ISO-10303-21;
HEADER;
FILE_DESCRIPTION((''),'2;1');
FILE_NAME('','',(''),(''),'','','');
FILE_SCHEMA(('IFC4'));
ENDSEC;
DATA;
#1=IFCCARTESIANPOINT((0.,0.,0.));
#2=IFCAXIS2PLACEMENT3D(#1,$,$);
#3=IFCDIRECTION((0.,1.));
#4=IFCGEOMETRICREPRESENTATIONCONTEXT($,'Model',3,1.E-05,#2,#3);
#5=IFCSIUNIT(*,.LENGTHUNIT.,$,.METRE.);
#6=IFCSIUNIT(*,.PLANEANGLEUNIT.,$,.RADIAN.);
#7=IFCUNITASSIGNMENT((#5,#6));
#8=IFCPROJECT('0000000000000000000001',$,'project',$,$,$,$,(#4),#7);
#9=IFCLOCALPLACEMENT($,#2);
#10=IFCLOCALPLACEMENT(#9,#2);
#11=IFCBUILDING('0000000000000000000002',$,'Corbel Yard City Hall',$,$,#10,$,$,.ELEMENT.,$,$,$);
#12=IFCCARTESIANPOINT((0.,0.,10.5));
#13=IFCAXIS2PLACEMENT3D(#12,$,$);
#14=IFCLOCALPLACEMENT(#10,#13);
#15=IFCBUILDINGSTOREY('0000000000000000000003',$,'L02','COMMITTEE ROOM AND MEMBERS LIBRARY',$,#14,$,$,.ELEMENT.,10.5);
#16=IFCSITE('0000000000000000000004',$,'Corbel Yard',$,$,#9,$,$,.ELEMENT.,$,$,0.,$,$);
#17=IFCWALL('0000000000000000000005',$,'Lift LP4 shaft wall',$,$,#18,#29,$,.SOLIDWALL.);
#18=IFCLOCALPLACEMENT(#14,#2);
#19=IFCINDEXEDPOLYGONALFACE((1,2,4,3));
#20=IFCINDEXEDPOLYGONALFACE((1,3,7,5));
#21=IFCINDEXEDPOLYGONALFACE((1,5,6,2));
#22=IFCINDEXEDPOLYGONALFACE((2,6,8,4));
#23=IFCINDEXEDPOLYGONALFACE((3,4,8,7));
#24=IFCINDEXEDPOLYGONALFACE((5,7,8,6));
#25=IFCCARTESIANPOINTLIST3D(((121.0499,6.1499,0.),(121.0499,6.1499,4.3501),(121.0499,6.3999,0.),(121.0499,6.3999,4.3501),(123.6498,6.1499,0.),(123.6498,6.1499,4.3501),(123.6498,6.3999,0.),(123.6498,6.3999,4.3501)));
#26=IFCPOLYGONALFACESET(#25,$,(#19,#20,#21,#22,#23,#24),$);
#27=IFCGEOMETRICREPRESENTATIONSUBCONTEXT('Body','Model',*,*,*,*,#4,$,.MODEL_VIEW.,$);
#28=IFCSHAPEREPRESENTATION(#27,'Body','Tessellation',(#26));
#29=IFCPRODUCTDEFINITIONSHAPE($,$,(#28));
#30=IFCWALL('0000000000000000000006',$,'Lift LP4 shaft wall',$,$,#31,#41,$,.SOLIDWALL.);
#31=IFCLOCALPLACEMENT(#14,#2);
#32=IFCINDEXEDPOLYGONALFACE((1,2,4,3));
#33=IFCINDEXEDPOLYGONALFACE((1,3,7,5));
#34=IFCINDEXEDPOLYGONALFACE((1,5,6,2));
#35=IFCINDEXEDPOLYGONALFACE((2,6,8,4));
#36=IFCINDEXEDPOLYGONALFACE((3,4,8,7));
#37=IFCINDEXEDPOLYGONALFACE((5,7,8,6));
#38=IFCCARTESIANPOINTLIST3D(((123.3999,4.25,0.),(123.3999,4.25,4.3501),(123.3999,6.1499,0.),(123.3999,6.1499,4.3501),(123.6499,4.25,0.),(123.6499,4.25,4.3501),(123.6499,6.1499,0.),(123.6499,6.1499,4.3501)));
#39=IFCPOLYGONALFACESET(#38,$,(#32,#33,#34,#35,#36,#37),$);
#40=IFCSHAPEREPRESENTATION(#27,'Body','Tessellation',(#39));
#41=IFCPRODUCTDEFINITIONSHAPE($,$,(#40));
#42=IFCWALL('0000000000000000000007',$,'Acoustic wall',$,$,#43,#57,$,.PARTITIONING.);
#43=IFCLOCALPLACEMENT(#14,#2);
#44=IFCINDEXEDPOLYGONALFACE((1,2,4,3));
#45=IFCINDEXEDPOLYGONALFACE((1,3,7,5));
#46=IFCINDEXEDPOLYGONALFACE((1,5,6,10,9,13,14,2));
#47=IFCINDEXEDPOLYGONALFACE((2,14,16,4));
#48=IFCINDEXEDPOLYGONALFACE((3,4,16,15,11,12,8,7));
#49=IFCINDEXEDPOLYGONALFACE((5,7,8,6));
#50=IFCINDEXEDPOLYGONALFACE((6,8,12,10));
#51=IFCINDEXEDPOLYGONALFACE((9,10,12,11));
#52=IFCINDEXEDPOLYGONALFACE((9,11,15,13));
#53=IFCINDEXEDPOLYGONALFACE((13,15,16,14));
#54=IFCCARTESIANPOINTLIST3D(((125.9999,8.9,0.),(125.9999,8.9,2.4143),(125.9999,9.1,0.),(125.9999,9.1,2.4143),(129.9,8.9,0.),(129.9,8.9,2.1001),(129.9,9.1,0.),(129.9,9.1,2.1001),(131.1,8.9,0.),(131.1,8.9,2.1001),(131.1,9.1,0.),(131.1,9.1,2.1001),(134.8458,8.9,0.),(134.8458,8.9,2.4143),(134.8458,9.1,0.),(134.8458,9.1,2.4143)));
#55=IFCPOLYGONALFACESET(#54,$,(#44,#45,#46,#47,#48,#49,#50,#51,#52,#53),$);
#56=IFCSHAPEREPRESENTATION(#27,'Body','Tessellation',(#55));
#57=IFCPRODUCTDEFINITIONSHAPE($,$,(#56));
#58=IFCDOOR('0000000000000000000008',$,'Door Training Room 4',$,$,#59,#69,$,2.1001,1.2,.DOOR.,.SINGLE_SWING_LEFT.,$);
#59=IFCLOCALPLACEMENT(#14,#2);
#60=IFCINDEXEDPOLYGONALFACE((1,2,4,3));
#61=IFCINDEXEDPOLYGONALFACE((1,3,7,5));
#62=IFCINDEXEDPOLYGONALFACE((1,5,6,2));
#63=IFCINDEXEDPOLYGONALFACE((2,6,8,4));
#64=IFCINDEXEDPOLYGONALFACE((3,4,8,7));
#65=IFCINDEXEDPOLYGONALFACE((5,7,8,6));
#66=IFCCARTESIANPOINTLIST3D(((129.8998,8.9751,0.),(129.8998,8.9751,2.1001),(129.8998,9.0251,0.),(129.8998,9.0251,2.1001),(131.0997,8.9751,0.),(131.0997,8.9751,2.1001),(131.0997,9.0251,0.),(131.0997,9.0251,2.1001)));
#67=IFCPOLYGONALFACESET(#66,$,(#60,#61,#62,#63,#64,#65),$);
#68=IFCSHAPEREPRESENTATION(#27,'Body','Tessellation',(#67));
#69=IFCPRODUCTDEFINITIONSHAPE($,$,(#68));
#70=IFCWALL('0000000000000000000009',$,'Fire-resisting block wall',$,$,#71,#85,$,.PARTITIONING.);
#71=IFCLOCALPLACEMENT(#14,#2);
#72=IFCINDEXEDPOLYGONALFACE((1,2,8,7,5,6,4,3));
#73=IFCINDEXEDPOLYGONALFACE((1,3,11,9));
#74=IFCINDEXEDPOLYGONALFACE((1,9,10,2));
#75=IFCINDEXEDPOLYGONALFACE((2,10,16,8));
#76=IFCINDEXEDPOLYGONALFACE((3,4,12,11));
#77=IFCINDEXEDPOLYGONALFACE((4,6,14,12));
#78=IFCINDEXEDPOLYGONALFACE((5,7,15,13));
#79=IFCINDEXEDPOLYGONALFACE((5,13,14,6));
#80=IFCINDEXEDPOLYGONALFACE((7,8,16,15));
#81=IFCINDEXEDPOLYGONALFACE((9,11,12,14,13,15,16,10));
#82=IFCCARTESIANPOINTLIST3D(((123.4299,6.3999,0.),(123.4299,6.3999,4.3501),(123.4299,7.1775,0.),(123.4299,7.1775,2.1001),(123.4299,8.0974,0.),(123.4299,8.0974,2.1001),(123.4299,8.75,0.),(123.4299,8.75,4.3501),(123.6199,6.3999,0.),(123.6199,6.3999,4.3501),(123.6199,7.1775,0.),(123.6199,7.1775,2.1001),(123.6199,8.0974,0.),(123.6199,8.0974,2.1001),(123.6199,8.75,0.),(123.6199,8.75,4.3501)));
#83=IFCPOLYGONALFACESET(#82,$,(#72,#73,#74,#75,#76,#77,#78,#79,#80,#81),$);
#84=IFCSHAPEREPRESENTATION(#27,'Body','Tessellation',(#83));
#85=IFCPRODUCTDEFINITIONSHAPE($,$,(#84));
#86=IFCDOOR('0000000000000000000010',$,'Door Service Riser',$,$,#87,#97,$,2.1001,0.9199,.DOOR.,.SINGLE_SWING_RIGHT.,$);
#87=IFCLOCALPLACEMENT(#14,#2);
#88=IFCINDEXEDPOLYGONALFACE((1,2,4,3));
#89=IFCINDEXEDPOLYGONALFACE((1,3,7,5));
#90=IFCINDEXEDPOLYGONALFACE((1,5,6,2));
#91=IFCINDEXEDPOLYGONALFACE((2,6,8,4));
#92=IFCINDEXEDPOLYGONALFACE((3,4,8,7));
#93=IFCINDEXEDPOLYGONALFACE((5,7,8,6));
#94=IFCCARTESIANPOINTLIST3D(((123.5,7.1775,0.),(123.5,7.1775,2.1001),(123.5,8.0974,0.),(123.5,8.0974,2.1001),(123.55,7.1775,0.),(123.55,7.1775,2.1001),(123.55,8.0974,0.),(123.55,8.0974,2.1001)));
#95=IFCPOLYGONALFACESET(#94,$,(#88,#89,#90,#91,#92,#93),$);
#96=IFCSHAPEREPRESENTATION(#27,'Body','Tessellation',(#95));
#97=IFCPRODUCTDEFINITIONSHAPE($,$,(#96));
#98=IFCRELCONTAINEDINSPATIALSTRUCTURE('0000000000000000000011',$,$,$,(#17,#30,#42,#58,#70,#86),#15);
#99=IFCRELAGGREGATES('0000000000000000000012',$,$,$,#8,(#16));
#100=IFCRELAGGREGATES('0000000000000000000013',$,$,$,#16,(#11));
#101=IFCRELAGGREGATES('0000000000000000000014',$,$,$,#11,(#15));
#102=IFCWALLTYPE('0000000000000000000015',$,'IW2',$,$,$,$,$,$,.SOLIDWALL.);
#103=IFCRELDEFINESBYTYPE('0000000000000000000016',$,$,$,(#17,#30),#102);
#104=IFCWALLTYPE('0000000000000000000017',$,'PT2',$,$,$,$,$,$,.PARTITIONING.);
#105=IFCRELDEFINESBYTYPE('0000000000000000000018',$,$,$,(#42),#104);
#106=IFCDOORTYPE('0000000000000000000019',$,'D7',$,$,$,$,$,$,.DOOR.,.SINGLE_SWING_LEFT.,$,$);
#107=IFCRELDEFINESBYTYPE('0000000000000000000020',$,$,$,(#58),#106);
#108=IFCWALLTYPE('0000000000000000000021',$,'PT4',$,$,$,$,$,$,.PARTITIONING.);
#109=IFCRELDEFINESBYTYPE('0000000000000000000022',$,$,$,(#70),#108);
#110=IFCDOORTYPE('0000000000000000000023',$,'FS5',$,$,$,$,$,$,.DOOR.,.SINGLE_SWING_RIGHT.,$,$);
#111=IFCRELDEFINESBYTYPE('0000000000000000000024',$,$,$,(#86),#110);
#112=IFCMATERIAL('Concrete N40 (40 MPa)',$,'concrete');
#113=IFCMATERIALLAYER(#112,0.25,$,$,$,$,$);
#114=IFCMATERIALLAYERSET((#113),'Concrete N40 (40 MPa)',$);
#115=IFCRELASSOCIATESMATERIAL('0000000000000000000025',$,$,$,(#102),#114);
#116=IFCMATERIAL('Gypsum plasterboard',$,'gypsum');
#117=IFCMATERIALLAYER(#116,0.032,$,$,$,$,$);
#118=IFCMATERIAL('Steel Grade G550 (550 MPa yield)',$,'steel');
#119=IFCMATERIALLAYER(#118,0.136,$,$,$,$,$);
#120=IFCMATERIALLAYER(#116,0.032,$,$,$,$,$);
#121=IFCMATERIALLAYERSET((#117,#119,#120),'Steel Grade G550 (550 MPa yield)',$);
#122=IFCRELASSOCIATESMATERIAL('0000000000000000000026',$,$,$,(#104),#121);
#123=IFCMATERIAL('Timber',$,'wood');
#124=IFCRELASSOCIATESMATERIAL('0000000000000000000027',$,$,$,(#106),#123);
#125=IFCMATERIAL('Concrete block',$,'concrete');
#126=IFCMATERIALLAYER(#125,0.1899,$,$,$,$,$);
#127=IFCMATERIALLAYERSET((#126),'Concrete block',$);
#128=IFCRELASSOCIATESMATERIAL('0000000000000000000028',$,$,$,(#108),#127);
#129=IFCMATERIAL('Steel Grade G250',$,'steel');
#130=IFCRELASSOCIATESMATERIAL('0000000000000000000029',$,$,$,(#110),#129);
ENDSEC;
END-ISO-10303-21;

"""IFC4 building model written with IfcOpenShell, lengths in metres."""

from ifc_helpers import new_model, si_unit, direction, frame, frame_2d, origin, place, context, subcontext, project, spatial, rectangle, extrude, material, layer, layer_set, type_object, element, fill, save


model = new_model("IFC4")

# Units and contexts
model_context = context("Model", 3, precision=1e-05, world=origin(), true_north=direction((0.0, 1.0)))
body_context = subcontext(model_context, "Body", "Model", "MODEL_VIEW")
ifc_project = project(units=[si_unit("LENGTHUNIT", "METRE"), si_unit("PLANEANGLEUNIT", "RADIAN")], contexts=[model_context])

# Site, building, storey
site_placement = place(None, origin())
site = spatial("IfcSite", under=ifc_project, at=site_placement, Name="Corbel Yard", CompositionType="ELEMENT", RefElevation=0.0)
building_placement = place(site_placement, origin())
building = spatial("IfcBuilding", under=site, at=building_placement, Name="Corbel Yard City Hall", CompositionType="ELEMENT")
storey_placement = place(building_placement, frame((0.0, 0.0, 10.5)))
storey = spatial("IfcBuildingStorey", under=building, at=storey_placement, Name="L02", Description="COMMITTEE ROOM AND MEMBERS LIBRARY", CompositionType="ELEMENT", Elevation=10.5)

# Shared definitions
ifc_material_1 = material(Name="Steel Grade G250", Category="steel")

# Shared definitions
ifc_material_2 = material(Name="Gypsum plasterboard", Category="gypsum")

# Shared definitions
ifc_material_3 = material(Name="Concrete N40 (40 MPa)", Category="concrete")
ifc_layer_1 = layer(ifc_material_3, 0.25)
ifc_layer_set_1 = layer_set([ifc_layer_1], Name="Concrete N40 (40 MPa)")
wall_type_1 = type_object("IfcWallType", Name="IW2", PredefinedType="SOLIDWALL", material=ifc_layer_set_1)

# Walls
wall_1_placement = place(storey_placement, frame((121.05, 6.2749, 0.0), z_axis=(0.0, 0.0, 1.0), x_axis=(1.0, 0.0, 0.0)))
element("IfcWall", 1, at=wall_1_placement, inside=storey, type_object=wall_type_1, Name="Lift LP4 shaft wall", PredefinedType="SOLIDWALL", context=body_context, shape_type="SweptSolid", body=[
    extrude(rectangle(XDim=2.5999, YDim=0.25, at=frame_2d((1.2998, 0.0))), origin(), (0.0, 0.0, 1.0), 4.3501),
])
wall_2_placement = place(storey_placement, frame((123.5249, 4.25, 0.0), z_axis=(0.0, 0.0, 1.0), x_axis=(0.0, 1.0, 0.0)))
element("IfcWall", 2, at=wall_2_placement, inside=storey, type_object=wall_type_1, Name="Lift LP4 shaft wall", PredefinedType="SOLIDWALL", context=body_context, shape_type="SweptSolid", body=[
    extrude(rectangle(XDim=1.8999, YDim=0.25, at=frame_2d((0.95, 0.0))), origin(), (0.0, 0.0, 1.0), 4.3501),
])

# Walls, openings, doors
ifc_layer_2 = layer(ifc_material_2, 0.032)
ifc_material_4 = material(Name="Steel Grade G550 (550 MPa yield)", Category="steel")
ifc_layer_3 = layer(ifc_material_4, 0.136)
ifc_layer_4 = layer(ifc_material_2, 0.032)
ifc_layer_set_2 = layer_set([ifc_layer_2, ifc_layer_3, ifc_layer_4], Name="Steel Grade G550 (550 MPa yield)")
wall_type_2 = type_object("IfcWallType", Name="PT2", PredefinedType="PARTITIONING", material=ifc_layer_set_2)
wall_3_placement = place(storey_placement, frame((126.0, 9.0, 0.0), z_axis=(0.0, 0.0, 1.0), x_axis=(1.0, 0.0, 0.0)))
wall_3 = element("IfcWall", 3, at=wall_3_placement, inside=storey, type_object=wall_type_2, Name="Acoustic wall", PredefinedType="PARTITIONING", context=body_context, shape_type="SweptSolid", body=[
    extrude(rectangle(XDim=8.8459, YDim=0.2, at=frame_2d((4.4229, 0.0))), origin(), (0.0, 0.0, 1.0), 2.4143),
])
opening_1_placement = place(wall_3_placement, frame((3.8999, 0.0, 0.0)))
opening_1 = element("IfcOpeningElement", 4, at=opening_1_placement, cuts=wall_3, PredefinedType="OPENING", context=body_context, shape_type="SweptSolid", body=[
    extrude(rectangle(XDim=1.2, YDim=2.1001, at=frame_2d((0.6001, 1.05))), frame((0.0, 0.1099, 0.0), z_axis=(0.0, -1.0, 0.0), x_axis=(1.0, 0.0, 0.0)), (0.0, 0.0, 1.0), 0.22),
])
ifc_material_5 = material(Name="Timber", Category="wood")
door_type_1 = type_object("IfcDoorType", Name="D7", OperationType="SINGLE_SWING_LEFT", PredefinedType="DOOR", material=ifc_material_5)
door_1_placement = place(opening_1_placement, frame((1.2, 0.0, 0.0), z_axis=(0.0, 0.0, 1.0), x_axis=(-1.0, 0.0, 0.0)))
door_1 = element("IfcDoor", 5, at=door_1_placement, inside=storey, type_object=door_type_1, Name="Door Training Room 4", OperationType="SINGLE_SWING_LEFT", OverallHeight=2.1001, OverallWidth=1.2, PredefinedType="DOOR", context=body_context, shape_type="SweptSolid", body=[
    extrude(rectangle(XDim=1.2, YDim=2.1001, at=frame_2d((0.6001, 1.05))), frame((0.0, 0.0249, 0.0), z_axis=(0.0, -1.0, 0.0), x_axis=(1.0, 0.0, 0.0)), (0.0, 0.0, 1.0), 0.05),
])
fill(opening_1, door_1)
ifc_material_6 = material(Name="Concrete block", Category="concrete")
ifc_layer_5 = layer(ifc_material_6, 0.1899)
ifc_layer_set_3 = layer_set([ifc_layer_5], Name="Concrete block")
wall_type_3 = type_object("IfcWallType", Name="PT4", PredefinedType="PARTITIONING", material=ifc_layer_set_3)
wall_4_placement = place(storey_placement, frame((123.5249, 6.3999, 0.0), z_axis=(0.0, 0.0, 1.0), x_axis=(0.0, 1.0, 0.0)))
wall_4 = element("IfcWall", 6, at=wall_4_placement, inside=storey, type_object=wall_type_3, Name="Fire-resisting block wall", PredefinedType="PARTITIONING", context=body_context, shape_type="SweptSolid", body=[
    extrude(rectangle(XDim=2.3501, YDim=0.1899, at=frame_2d((1.175, 0.0))), origin(), (0.0, 0.0, 1.0), 4.3501),
])
opening_2_placement = place(wall_4_placement, frame((0.7776, 0.0, 0.0)))
opening_2 = element("IfcOpeningElement", 7, at=opening_2_placement, cuts=wall_4, PredefinedType="OPENING", context=body_context, shape_type="SweptSolid", body=[
    extrude(rectangle(XDim=0.9199, YDim=2.1001, at=frame_2d((0.46, 1.05))), frame((0.0, 0.105, 0.0), z_axis=(0.0, -1.0, 0.0), x_axis=(1.0, 0.0, 0.0)), (0.0, 0.0, 1.0), 0.21),
])
door_type_2 = type_object("IfcDoorType", Name="FS5", OperationType="SINGLE_SWING_RIGHT", PredefinedType="DOOR", material=ifc_material_1)
door_2_placement = place(opening_2_placement, origin())
door_2 = element("IfcDoor", 8, at=door_2_placement, inside=storey, type_object=door_type_2, Name="Door Service Riser", OperationType="SINGLE_SWING_RIGHT", OverallHeight=2.1001, OverallWidth=0.9199, PredefinedType="DOOR", context=body_context, shape_type="SweptSolid", body=[
    extrude(rectangle(XDim=0.9199, YDim=2.1001, at=frame_2d((0.46, 1.05))), frame((0.0, 0.0249, 0.0), z_axis=(0.0, -1.0, 0.0), x_axis=(1.0, 0.0, 0.0)), (0.0, 0.0, 1.0), 0.05),
])
fill(opening_2, door_2)

save(model, "model.ifc")
